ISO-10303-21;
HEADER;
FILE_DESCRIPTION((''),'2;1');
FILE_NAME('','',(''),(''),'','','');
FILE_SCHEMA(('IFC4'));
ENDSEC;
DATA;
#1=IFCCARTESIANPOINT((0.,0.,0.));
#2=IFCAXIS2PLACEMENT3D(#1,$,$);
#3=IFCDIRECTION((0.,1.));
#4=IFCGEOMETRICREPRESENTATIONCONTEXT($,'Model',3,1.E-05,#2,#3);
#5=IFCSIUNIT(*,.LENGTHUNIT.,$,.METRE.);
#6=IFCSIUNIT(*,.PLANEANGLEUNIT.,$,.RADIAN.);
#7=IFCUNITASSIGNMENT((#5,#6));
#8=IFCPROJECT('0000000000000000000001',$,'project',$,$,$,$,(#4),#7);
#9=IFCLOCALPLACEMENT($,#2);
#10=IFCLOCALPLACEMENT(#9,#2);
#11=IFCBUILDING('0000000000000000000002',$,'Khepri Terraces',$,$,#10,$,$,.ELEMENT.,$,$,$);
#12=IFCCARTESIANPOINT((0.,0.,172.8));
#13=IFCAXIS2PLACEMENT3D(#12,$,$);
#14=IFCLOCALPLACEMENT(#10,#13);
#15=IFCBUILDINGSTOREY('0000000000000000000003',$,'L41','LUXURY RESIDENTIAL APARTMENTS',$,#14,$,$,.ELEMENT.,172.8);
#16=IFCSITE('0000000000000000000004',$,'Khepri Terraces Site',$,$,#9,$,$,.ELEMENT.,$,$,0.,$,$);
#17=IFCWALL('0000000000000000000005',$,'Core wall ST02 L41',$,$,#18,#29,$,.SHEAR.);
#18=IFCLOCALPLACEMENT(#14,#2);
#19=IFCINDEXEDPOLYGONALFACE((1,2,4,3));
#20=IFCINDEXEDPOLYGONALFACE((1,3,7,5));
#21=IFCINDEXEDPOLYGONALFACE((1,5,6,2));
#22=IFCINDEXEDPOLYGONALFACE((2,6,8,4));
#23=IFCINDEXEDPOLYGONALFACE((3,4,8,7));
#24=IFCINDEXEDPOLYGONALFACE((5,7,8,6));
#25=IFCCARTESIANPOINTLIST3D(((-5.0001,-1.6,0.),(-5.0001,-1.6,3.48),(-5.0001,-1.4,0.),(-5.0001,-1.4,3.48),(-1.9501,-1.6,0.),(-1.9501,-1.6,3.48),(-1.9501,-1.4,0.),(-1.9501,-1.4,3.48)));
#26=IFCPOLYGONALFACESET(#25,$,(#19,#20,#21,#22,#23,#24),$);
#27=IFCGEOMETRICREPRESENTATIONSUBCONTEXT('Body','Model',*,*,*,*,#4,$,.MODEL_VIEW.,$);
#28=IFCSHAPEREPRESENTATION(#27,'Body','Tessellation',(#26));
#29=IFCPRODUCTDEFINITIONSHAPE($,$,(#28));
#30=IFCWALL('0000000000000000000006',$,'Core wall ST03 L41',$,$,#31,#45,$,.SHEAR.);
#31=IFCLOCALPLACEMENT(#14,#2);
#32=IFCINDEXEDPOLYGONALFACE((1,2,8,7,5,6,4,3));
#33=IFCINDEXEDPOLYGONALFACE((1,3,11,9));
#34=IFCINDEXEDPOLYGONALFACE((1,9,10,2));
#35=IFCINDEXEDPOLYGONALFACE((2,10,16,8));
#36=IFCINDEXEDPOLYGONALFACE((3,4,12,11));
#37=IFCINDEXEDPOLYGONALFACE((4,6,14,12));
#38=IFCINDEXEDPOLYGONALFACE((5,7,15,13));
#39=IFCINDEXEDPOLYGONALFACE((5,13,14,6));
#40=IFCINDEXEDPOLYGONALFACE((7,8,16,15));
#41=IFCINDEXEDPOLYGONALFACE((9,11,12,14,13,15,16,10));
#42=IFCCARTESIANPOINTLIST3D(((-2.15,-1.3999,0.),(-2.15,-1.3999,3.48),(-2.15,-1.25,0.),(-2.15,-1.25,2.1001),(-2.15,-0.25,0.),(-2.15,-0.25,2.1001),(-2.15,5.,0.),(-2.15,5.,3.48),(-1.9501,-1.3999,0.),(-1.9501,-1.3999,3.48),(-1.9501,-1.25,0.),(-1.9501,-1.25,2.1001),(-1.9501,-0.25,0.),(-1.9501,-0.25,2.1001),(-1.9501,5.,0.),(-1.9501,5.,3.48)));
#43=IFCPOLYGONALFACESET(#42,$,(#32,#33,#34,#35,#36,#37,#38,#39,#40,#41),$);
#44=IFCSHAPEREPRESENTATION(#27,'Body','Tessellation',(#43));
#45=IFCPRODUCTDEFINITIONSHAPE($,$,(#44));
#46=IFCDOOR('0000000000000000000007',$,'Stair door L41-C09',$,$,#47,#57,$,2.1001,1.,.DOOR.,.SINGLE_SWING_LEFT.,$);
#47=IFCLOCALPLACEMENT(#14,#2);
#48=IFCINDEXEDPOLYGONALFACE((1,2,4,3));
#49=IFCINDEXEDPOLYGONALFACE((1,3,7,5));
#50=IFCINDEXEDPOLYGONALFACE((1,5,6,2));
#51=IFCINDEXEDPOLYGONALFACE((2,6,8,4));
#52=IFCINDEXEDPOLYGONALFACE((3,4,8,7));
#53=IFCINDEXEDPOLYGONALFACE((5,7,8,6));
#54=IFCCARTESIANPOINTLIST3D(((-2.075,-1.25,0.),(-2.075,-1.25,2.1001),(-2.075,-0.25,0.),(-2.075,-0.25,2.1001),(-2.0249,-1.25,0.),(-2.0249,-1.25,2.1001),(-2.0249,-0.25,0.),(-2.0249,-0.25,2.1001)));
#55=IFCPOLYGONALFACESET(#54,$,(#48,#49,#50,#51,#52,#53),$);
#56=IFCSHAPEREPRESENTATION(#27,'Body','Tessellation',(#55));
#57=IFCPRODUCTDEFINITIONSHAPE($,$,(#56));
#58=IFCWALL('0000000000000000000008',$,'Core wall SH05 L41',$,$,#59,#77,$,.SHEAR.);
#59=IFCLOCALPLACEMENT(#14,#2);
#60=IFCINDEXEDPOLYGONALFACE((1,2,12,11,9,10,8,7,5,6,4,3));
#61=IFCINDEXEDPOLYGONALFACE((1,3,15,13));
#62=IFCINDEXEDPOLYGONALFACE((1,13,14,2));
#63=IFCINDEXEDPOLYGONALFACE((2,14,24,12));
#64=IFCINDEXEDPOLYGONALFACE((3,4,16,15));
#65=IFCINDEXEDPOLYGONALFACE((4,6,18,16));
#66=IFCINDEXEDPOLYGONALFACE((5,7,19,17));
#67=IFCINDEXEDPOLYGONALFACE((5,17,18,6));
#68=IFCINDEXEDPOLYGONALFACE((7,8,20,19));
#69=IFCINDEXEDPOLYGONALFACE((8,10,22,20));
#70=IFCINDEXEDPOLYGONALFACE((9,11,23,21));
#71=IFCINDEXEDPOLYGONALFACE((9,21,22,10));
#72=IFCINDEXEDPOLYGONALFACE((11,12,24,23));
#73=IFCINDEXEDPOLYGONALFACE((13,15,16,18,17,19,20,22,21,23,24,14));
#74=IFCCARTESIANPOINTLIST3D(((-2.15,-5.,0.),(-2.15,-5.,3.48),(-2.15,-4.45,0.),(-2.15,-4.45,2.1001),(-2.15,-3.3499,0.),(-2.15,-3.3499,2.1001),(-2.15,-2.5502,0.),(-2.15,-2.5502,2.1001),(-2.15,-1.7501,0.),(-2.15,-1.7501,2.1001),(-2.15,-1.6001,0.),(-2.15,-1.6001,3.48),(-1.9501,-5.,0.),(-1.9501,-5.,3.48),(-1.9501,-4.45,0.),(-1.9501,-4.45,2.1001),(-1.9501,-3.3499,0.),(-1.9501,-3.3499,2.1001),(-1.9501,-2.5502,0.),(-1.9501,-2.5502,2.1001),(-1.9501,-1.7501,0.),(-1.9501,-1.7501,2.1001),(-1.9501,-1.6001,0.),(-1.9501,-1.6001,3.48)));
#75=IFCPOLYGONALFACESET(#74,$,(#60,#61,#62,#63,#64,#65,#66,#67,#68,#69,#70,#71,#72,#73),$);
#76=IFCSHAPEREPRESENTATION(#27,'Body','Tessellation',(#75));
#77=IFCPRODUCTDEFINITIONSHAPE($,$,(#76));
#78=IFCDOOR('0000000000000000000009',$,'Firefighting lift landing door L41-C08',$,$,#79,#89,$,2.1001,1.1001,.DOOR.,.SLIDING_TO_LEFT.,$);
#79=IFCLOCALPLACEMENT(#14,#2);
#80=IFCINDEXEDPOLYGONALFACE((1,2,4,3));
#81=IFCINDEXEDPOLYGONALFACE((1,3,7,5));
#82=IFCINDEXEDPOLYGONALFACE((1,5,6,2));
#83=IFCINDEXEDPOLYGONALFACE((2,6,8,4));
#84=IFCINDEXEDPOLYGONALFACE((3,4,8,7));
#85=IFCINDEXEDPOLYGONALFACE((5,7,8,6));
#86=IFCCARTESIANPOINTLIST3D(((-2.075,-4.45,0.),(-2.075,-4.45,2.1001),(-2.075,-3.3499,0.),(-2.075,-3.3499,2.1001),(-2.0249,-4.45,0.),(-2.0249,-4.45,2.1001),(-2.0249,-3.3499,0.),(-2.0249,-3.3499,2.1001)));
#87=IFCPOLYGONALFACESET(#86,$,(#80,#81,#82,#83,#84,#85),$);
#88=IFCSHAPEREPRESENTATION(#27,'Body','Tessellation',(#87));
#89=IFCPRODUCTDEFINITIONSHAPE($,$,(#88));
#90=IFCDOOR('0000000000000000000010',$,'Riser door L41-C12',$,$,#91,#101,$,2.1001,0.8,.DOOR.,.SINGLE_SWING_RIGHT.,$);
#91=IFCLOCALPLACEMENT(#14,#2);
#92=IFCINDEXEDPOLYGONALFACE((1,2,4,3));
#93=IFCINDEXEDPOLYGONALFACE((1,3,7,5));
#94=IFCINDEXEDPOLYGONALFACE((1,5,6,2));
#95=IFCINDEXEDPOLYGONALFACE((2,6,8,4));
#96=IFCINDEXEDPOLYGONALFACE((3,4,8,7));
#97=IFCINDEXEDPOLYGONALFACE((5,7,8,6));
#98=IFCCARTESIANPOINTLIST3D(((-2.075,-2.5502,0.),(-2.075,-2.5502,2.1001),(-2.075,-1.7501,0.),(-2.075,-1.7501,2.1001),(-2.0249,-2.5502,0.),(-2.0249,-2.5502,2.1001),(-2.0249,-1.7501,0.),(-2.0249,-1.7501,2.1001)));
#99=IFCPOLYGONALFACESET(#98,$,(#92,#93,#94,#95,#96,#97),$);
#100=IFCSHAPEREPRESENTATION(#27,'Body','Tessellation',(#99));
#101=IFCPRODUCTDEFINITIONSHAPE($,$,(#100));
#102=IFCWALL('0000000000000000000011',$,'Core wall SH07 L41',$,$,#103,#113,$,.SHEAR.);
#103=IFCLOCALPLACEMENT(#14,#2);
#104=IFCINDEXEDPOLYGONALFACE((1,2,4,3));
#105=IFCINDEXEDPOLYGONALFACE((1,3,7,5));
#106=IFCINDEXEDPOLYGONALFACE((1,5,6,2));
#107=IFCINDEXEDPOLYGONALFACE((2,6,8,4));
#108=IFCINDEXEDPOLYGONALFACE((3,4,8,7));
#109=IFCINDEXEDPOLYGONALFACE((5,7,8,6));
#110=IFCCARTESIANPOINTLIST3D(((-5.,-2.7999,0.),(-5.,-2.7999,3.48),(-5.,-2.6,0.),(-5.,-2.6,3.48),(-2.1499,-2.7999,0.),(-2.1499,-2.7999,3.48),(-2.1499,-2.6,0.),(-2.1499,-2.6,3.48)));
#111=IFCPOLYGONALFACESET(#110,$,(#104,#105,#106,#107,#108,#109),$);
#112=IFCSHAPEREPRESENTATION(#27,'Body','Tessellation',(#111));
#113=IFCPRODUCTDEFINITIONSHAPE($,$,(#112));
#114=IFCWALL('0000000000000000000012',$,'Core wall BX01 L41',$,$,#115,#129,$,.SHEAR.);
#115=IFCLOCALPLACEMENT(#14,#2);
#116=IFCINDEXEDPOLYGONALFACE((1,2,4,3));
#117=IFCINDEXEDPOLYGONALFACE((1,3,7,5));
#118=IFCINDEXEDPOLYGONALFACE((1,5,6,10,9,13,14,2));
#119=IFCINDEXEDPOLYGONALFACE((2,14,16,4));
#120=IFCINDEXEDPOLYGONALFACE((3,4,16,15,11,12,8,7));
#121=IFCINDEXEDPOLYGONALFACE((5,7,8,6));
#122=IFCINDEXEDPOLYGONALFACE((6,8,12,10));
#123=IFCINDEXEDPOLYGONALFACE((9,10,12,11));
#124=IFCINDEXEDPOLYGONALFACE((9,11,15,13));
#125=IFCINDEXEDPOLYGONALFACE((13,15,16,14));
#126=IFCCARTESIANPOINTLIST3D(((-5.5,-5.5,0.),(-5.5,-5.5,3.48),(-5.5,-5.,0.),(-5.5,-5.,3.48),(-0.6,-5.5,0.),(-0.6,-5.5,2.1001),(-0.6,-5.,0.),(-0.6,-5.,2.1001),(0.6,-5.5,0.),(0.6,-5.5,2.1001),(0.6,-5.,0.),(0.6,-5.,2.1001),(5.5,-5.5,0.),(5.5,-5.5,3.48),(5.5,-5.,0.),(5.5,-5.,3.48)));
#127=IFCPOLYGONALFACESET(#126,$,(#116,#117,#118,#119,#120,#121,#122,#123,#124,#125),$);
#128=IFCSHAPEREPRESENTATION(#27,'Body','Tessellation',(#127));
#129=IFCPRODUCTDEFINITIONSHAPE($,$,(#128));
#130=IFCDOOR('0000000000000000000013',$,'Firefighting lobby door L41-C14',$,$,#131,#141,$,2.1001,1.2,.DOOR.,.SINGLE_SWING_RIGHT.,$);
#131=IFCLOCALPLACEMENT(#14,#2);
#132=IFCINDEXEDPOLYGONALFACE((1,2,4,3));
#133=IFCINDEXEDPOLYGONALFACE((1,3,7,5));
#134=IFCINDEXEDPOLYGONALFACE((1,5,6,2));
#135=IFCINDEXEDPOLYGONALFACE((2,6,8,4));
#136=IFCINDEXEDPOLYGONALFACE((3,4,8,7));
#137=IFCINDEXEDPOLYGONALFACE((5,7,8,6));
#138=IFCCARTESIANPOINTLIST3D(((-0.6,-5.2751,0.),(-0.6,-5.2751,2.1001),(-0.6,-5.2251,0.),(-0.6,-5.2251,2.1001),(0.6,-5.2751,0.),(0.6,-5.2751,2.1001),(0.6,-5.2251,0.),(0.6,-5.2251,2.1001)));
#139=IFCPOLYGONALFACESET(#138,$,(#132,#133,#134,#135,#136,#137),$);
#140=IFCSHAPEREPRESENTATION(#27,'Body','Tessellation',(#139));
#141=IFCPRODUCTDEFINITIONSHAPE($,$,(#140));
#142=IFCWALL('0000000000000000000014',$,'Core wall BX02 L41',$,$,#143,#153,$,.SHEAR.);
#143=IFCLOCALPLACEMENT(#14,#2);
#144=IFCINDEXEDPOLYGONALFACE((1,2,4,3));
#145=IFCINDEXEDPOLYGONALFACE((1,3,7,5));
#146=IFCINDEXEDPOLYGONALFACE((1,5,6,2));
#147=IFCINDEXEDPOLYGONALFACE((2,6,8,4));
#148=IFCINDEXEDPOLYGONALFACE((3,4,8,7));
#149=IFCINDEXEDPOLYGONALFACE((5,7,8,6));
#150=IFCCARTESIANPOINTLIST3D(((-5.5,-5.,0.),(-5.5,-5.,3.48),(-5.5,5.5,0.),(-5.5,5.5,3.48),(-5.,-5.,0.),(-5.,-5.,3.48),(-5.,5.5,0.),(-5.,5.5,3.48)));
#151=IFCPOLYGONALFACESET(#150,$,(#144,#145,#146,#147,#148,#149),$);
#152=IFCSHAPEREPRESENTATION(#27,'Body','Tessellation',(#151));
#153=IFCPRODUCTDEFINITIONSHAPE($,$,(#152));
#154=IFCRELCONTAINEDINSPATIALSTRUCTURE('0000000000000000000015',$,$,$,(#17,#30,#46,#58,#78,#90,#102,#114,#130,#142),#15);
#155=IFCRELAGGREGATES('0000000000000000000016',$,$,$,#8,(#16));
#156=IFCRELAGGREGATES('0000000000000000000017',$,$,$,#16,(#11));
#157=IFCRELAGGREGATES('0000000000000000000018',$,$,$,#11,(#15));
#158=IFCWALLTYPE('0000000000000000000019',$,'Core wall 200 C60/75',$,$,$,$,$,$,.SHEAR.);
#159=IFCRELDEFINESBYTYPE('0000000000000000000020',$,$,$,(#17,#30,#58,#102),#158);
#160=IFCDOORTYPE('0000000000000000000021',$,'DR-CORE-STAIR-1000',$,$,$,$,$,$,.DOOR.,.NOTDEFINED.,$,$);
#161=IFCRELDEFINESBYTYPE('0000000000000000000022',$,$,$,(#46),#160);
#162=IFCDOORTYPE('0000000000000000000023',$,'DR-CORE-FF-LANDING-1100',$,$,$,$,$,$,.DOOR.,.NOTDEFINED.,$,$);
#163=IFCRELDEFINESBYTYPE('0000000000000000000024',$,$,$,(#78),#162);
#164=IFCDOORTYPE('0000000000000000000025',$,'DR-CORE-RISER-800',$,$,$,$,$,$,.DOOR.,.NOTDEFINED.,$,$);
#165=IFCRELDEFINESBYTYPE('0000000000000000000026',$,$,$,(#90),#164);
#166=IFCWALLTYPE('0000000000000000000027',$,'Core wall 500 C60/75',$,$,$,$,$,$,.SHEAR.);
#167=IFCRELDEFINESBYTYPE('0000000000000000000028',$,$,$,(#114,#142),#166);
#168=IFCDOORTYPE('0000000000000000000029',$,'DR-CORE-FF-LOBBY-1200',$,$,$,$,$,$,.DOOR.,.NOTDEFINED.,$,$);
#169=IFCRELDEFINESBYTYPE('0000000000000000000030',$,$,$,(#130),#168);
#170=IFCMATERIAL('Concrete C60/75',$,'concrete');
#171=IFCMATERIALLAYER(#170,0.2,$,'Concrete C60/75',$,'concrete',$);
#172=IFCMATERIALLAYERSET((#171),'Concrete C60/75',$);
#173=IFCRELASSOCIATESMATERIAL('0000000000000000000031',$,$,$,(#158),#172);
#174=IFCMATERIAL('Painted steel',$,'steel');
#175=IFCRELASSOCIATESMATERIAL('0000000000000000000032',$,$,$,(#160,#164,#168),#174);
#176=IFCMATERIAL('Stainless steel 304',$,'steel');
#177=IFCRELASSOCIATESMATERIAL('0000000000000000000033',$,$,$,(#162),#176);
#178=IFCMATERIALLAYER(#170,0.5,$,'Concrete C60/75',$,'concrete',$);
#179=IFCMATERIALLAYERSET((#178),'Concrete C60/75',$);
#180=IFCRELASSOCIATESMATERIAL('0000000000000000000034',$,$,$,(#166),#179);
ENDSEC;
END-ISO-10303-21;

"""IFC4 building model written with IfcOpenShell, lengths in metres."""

from ifc_helpers import new_model, si_unit, direction, frame, frame_2d, origin, place, context, subcontext, project, spatial, rectangle, extrude, material, layer, layer_set, type_object, element, fill, save


model = new_model("IFC4")

# Units and contexts
model_context = context("Model", 3, precision=1e-05, world=origin(), true_north=direction((0.0, 1.0)))
body_context = subcontext(model_context, "Body", "Model", "MODEL_VIEW")
ifc_project = project(units=[si_unit("LENGTHUNIT", "METRE"), si_unit("PLANEANGLEUNIT", "RADIAN")], contexts=[model_context])

# Site, building, storey
site_placement = place(None, origin())
site = spatial("IfcSite", under=ifc_project, at=site_placement, Name="Khepri Terraces Site", CompositionType="ELEMENT", RefElevation=0.0)
building_placement = place(site_placement, origin())
building = spatial("IfcBuilding", under=site, at=building_placement, Name="Khepri Terraces", CompositionType="ELEMENT")
storey_placement = place(building_placement, frame((0.0, 0.0, 172.8)))
storey = spatial("IfcBuildingStorey", under=building, at=storey_placement, Name="L41", Description="LUXURY RESIDENTIAL APARTMENTS", CompositionType="ELEMENT", Elevation=172.8)

# Wall
ifc_material_1 = material(Name="Concrete C60/75", Category="concrete")
ifc_layer_1 = layer(ifc_material_1, 0.2, Name="Concrete C60/75", Category="concrete")
ifc_layer_set_1 = layer_set([ifc_layer_1], Name="Concrete C60/75")
wall_type_1 = type_object("IfcWallType", Name="Core wall 200 C60/75", PredefinedType="SHEAR", material=ifc_layer_set_1)
wall_1_placement = place(storey_placement, frame((-5.0, -1.5, 0.0), z_axis=(0.0, 0.0, 1.0), x_axis=(1.0, 0.0, 0.0)))
element("IfcWall", 1, at=wall_1_placement, inside=storey, type_object=wall_type_1, Name="Core wall ST02 L41", PredefinedType="SHEAR", context=body_context, shape_type="SweptSolid", body=[
    extrude(rectangle(XDim=3.05, YDim=0.2, at=frame_2d((1.5249, 0.0))), origin(), (0.0, 0.0, 1.0), 3.48),
])

# Wall, opening, door
wall_2_placement = place(storey_placement, frame((-2.05, -1.3999, 0.0), z_axis=(0.0, 0.0, 1.0), x_axis=(0.0, 1.0, 0.0)))
wall_2 = element("IfcWall", 2, at=wall_2_placement, inside=storey, type_object=wall_type_1, Name="Core wall ST03 L41", PredefinedType="SHEAR", context=body_context, shape_type="SweptSolid", body=[
    extrude(rectangle(XDim=6.3999, YDim=0.2, at=frame_2d((3.2, 0.0))), origin(), (0.0, 0.0, 1.0), 3.48),
])
opening_1_placement = place(wall_2_placement, frame((0.1499, 0.0, 0.0)))
opening_1 = element("IfcOpeningElement", 3, at=opening_1_placement, cuts=wall_2, PredefinedType="OPENING", context=body_context, shape_type="SweptSolid", body=[
    extrude(rectangle(XDim=1.0, YDim=2.1001, at=frame_2d((0.5, 1.05))), frame((0.0, 0.1099, 0.0), z_axis=(0.0, -1.0, 0.0), x_axis=(1.0, 0.0, 0.0)), (0.0, 0.0, 1.0), 0.22),
])
ifc_material_2 = material(Name="Painted steel", Category="steel")
door_type_1 = type_object("IfcDoorType", Name="DR-CORE-STAIR-1000", OperationType="NOTDEFINED", PredefinedType="DOOR", material=ifc_material_2)
door_1_placement = place(opening_1_placement, origin())
door_1 = element("IfcDoor", 4, at=door_1_placement, inside=storey, type_object=door_type_1, Name="Stair door L41-C09", OperationType="SINGLE_SWING_LEFT", OverallHeight=2.1001, OverallWidth=1.0, PredefinedType="DOOR", context=body_context, shape_type="SweptSolid", body=[
    extrude(rectangle(XDim=1.0, YDim=2.1001, at=frame_2d((0.5, 1.05))), frame((0.0, 0.0249, 0.0), z_axis=(0.0, -1.0, 0.0), x_axis=(1.0, 0.0, 0.0)), (0.0, 0.0, 1.0), 0.05),
])
fill(opening_1, door_1)

# Wall, openings, doors
wall_3_placement = place(storey_placement, frame((-2.05, -5.0, 0.0), z_axis=(0.0, 0.0, 1.0), x_axis=(0.0, 1.0, 0.0)))
wall_3 = element("IfcWall", 5, at=wall_3_placement, inside=storey, type_object=wall_type_1, Name="Core wall SH05 L41", PredefinedType="SHEAR", context=body_context, shape_type="SweptSolid", body=[
    extrude(rectangle(XDim=3.3999, YDim=0.2, at=frame_2d((1.7, 0.0))), origin(), (0.0, 0.0, 1.0), 3.48),
])
opening_2_placement = place(wall_3_placement, frame((0.55, 0.0, 0.0)))
opening_2 = element("IfcOpeningElement", 6, at=opening_2_placement, cuts=wall_3, PredefinedType="OPENING", context=body_context, shape_type="SweptSolid", body=[
    extrude(rectangle(XDim=1.1001, YDim=2.1001, at=frame_2d((0.55, 1.05))), frame((0.0, 0.1099, 0.0), z_axis=(0.0, -1.0, 0.0), x_axis=(1.0, 0.0, 0.0)), (0.0, 0.0, 1.0), 0.22),
])
opening_3_placement = place(wall_3_placement, frame((2.45, 0.0, 0.0)))
opening_3 = element("IfcOpeningElement", 7, at=opening_3_placement, cuts=wall_3, PredefinedType="OPENING", context=body_context, shape_type="SweptSolid", body=[
    extrude(rectangle(XDim=0.8, YDim=2.1001, at=frame_2d((0.3999, 1.05))), frame((0.0, 0.1099, 0.0), z_axis=(0.0, -1.0, 0.0), x_axis=(1.0, 0.0, 0.0)), (0.0, 0.0, 1.0), 0.22),
])
ifc_material_3 = material(Name="Stainless steel 304", Category="steel")
door_type_2 = type_object("IfcDoorType", Name="DR-CORE-FF-LANDING-1100", OperationType="NOTDEFINED", PredefinedType="DOOR", material=ifc_material_3)
door_2_placement = place(opening_2_placement, origin())
door_2 = element("IfcDoor", 8, at=door_2_placement, inside=storey, type_object=door_type_2, Name="Firefighting lift landing door L41-C08", OperationType="SLIDING_TO_LEFT", OverallHeight=2.1001, OverallWidth=1.1001, PredefinedType="DOOR", context=body_context, shape_type="SweptSolid", body=[
    extrude(rectangle(XDim=1.1001, YDim=2.1001, at=frame_2d((0.55, 1.05))), frame((0.0, 0.0249, 0.0), z_axis=(0.0, -1.0, 0.0), x_axis=(1.0, 0.0, 0.0)), (0.0, 0.0, 1.0), 0.05),
])
fill(opening_2, door_2)
door_type_3 = type_object("IfcDoorType", Name="DR-CORE-RISER-800", OperationType="NOTDEFINED", PredefinedType="DOOR", material=ifc_material_2)
door_3_placement = place(opening_3_placement, origin())
door_3 = element("IfcDoor", 9, at=door_3_placement, inside=storey, type_object=door_type_3, Name="Riser door L41-C12", OperationType="SINGLE_SWING_RIGHT", OverallHeight=2.1001, OverallWidth=0.8, PredefinedType="DOOR", context=body_context, shape_type="SweptSolid", body=[
    extrude(rectangle(XDim=0.8, YDim=2.1001, at=frame_2d((0.3999, 1.05))), frame((0.0, 0.0249, 0.0), z_axis=(0.0, -1.0, 0.0), x_axis=(1.0, 0.0, 0.0)), (0.0, 0.0, 1.0), 0.05),
])
fill(opening_3, door_3)

# Wall
wall_4_placement = place(storey_placement, frame((-5.0, -2.7, 0.0), z_axis=(0.0, 0.0, 1.0), x_axis=(1.0, 0.0, 0.0)))
element("IfcWall", 10, at=wall_4_placement, inside=storey, type_object=wall_type_1, Name="Core wall SH07 L41", PredefinedType="SHEAR", context=body_context, shape_type="SweptSolid", body=[
    extrude(rectangle(XDim=2.8501, YDim=0.2, at=frame_2d((1.425, 0.0))), origin(), (0.0, 0.0, 1.0), 3.48),
])

# Wall, opening, door
ifc_layer_2 = layer(ifc_material_1, 0.5, Name="Concrete C60/75", Category="concrete")
ifc_layer_set_2 = layer_set([ifc_layer_2], Name="Concrete C60/75")
wall_type_2 = type_object("IfcWallType", Name="Core wall 500 C60/75", PredefinedType="SHEAR", material=ifc_layer_set_2)
wall_5_placement = place(storey_placement, frame((-5.5, -5.25, 0.0), z_axis=(0.0, 0.0, 1.0), x_axis=(1.0, 0.0, 0.0)))
wall_5 = element("IfcWall", 11, at=wall_5_placement, inside=storey, type_object=wall_type_2, Name="Core wall BX01 L41", PredefinedType="SHEAR", context=body_context, shape_type="SweptSolid", body=[
    extrude(rectangle(XDim=11.0, YDim=0.5, at=frame_2d((5.5, 0.0))), origin(), (0.0, 0.0, 1.0), 3.48),
])
opening_4_placement = place(wall_5_placement, frame((4.8999, 0.0, 0.0)))
opening_4 = element("IfcOpeningElement", 12, at=opening_4_placement, cuts=wall_5, PredefinedType="OPENING", context=body_context, shape_type="SweptSolid", body=[
    extrude(rectangle(XDim=1.2, YDim=2.1001, at=frame_2d((0.6001, 1.05))), frame((0.0, 0.26, 0.0), z_axis=(0.0, -1.0, 0.0), x_axis=(1.0, 0.0, 0.0)), (0.0, 0.0, 1.0), 0.52),
])
door_type_4 = type_object("IfcDoorType", Name="DR-CORE-FF-LOBBY-1200", OperationType="NOTDEFINED", PredefinedType="DOOR", material=ifc_material_2)
door_4_placement = place(opening_4_placement, origin())
door_4 = element("IfcDoor", 13, at=door_4_placement, inside=storey, type_object=door_type_4, Name="Firefighting lobby door L41-C14", OperationType="SINGLE_SWING_RIGHT", OverallHeight=2.1001, OverallWidth=1.2, PredefinedType="DOOR", context=body_context, shape_type="SweptSolid", body=[
    extrude(rectangle(XDim=1.2, YDim=2.1001, at=frame_2d((0.6001, 1.05))), frame((0.0, 0.0249, 0.0), z_axis=(0.0, -1.0, 0.0), x_axis=(1.0, 0.0, 0.0)), (0.0, 0.0, 1.0), 0.05),
])
fill(opening_4, door_4)

# Wall
wall_6_placement = place(storey_placement, frame((-5.25, -5.0, 0.0), z_axis=(0.0, 0.0, 1.0), x_axis=(0.0, 1.0, 0.0)))
element("IfcWall", 14, at=wall_6_placement, inside=storey, type_object=wall_type_2, Name="Core wall BX02 L41", PredefinedType="SHEAR", context=body_context, shape_type="SweptSolid", body=[
    extrude(rectangle(XDim=10.5, YDim=0.5, at=frame_2d((5.25, 0.0))), origin(), (0.0, 0.0, 1.0), 3.48),
])

save(model, "model.ifc")
